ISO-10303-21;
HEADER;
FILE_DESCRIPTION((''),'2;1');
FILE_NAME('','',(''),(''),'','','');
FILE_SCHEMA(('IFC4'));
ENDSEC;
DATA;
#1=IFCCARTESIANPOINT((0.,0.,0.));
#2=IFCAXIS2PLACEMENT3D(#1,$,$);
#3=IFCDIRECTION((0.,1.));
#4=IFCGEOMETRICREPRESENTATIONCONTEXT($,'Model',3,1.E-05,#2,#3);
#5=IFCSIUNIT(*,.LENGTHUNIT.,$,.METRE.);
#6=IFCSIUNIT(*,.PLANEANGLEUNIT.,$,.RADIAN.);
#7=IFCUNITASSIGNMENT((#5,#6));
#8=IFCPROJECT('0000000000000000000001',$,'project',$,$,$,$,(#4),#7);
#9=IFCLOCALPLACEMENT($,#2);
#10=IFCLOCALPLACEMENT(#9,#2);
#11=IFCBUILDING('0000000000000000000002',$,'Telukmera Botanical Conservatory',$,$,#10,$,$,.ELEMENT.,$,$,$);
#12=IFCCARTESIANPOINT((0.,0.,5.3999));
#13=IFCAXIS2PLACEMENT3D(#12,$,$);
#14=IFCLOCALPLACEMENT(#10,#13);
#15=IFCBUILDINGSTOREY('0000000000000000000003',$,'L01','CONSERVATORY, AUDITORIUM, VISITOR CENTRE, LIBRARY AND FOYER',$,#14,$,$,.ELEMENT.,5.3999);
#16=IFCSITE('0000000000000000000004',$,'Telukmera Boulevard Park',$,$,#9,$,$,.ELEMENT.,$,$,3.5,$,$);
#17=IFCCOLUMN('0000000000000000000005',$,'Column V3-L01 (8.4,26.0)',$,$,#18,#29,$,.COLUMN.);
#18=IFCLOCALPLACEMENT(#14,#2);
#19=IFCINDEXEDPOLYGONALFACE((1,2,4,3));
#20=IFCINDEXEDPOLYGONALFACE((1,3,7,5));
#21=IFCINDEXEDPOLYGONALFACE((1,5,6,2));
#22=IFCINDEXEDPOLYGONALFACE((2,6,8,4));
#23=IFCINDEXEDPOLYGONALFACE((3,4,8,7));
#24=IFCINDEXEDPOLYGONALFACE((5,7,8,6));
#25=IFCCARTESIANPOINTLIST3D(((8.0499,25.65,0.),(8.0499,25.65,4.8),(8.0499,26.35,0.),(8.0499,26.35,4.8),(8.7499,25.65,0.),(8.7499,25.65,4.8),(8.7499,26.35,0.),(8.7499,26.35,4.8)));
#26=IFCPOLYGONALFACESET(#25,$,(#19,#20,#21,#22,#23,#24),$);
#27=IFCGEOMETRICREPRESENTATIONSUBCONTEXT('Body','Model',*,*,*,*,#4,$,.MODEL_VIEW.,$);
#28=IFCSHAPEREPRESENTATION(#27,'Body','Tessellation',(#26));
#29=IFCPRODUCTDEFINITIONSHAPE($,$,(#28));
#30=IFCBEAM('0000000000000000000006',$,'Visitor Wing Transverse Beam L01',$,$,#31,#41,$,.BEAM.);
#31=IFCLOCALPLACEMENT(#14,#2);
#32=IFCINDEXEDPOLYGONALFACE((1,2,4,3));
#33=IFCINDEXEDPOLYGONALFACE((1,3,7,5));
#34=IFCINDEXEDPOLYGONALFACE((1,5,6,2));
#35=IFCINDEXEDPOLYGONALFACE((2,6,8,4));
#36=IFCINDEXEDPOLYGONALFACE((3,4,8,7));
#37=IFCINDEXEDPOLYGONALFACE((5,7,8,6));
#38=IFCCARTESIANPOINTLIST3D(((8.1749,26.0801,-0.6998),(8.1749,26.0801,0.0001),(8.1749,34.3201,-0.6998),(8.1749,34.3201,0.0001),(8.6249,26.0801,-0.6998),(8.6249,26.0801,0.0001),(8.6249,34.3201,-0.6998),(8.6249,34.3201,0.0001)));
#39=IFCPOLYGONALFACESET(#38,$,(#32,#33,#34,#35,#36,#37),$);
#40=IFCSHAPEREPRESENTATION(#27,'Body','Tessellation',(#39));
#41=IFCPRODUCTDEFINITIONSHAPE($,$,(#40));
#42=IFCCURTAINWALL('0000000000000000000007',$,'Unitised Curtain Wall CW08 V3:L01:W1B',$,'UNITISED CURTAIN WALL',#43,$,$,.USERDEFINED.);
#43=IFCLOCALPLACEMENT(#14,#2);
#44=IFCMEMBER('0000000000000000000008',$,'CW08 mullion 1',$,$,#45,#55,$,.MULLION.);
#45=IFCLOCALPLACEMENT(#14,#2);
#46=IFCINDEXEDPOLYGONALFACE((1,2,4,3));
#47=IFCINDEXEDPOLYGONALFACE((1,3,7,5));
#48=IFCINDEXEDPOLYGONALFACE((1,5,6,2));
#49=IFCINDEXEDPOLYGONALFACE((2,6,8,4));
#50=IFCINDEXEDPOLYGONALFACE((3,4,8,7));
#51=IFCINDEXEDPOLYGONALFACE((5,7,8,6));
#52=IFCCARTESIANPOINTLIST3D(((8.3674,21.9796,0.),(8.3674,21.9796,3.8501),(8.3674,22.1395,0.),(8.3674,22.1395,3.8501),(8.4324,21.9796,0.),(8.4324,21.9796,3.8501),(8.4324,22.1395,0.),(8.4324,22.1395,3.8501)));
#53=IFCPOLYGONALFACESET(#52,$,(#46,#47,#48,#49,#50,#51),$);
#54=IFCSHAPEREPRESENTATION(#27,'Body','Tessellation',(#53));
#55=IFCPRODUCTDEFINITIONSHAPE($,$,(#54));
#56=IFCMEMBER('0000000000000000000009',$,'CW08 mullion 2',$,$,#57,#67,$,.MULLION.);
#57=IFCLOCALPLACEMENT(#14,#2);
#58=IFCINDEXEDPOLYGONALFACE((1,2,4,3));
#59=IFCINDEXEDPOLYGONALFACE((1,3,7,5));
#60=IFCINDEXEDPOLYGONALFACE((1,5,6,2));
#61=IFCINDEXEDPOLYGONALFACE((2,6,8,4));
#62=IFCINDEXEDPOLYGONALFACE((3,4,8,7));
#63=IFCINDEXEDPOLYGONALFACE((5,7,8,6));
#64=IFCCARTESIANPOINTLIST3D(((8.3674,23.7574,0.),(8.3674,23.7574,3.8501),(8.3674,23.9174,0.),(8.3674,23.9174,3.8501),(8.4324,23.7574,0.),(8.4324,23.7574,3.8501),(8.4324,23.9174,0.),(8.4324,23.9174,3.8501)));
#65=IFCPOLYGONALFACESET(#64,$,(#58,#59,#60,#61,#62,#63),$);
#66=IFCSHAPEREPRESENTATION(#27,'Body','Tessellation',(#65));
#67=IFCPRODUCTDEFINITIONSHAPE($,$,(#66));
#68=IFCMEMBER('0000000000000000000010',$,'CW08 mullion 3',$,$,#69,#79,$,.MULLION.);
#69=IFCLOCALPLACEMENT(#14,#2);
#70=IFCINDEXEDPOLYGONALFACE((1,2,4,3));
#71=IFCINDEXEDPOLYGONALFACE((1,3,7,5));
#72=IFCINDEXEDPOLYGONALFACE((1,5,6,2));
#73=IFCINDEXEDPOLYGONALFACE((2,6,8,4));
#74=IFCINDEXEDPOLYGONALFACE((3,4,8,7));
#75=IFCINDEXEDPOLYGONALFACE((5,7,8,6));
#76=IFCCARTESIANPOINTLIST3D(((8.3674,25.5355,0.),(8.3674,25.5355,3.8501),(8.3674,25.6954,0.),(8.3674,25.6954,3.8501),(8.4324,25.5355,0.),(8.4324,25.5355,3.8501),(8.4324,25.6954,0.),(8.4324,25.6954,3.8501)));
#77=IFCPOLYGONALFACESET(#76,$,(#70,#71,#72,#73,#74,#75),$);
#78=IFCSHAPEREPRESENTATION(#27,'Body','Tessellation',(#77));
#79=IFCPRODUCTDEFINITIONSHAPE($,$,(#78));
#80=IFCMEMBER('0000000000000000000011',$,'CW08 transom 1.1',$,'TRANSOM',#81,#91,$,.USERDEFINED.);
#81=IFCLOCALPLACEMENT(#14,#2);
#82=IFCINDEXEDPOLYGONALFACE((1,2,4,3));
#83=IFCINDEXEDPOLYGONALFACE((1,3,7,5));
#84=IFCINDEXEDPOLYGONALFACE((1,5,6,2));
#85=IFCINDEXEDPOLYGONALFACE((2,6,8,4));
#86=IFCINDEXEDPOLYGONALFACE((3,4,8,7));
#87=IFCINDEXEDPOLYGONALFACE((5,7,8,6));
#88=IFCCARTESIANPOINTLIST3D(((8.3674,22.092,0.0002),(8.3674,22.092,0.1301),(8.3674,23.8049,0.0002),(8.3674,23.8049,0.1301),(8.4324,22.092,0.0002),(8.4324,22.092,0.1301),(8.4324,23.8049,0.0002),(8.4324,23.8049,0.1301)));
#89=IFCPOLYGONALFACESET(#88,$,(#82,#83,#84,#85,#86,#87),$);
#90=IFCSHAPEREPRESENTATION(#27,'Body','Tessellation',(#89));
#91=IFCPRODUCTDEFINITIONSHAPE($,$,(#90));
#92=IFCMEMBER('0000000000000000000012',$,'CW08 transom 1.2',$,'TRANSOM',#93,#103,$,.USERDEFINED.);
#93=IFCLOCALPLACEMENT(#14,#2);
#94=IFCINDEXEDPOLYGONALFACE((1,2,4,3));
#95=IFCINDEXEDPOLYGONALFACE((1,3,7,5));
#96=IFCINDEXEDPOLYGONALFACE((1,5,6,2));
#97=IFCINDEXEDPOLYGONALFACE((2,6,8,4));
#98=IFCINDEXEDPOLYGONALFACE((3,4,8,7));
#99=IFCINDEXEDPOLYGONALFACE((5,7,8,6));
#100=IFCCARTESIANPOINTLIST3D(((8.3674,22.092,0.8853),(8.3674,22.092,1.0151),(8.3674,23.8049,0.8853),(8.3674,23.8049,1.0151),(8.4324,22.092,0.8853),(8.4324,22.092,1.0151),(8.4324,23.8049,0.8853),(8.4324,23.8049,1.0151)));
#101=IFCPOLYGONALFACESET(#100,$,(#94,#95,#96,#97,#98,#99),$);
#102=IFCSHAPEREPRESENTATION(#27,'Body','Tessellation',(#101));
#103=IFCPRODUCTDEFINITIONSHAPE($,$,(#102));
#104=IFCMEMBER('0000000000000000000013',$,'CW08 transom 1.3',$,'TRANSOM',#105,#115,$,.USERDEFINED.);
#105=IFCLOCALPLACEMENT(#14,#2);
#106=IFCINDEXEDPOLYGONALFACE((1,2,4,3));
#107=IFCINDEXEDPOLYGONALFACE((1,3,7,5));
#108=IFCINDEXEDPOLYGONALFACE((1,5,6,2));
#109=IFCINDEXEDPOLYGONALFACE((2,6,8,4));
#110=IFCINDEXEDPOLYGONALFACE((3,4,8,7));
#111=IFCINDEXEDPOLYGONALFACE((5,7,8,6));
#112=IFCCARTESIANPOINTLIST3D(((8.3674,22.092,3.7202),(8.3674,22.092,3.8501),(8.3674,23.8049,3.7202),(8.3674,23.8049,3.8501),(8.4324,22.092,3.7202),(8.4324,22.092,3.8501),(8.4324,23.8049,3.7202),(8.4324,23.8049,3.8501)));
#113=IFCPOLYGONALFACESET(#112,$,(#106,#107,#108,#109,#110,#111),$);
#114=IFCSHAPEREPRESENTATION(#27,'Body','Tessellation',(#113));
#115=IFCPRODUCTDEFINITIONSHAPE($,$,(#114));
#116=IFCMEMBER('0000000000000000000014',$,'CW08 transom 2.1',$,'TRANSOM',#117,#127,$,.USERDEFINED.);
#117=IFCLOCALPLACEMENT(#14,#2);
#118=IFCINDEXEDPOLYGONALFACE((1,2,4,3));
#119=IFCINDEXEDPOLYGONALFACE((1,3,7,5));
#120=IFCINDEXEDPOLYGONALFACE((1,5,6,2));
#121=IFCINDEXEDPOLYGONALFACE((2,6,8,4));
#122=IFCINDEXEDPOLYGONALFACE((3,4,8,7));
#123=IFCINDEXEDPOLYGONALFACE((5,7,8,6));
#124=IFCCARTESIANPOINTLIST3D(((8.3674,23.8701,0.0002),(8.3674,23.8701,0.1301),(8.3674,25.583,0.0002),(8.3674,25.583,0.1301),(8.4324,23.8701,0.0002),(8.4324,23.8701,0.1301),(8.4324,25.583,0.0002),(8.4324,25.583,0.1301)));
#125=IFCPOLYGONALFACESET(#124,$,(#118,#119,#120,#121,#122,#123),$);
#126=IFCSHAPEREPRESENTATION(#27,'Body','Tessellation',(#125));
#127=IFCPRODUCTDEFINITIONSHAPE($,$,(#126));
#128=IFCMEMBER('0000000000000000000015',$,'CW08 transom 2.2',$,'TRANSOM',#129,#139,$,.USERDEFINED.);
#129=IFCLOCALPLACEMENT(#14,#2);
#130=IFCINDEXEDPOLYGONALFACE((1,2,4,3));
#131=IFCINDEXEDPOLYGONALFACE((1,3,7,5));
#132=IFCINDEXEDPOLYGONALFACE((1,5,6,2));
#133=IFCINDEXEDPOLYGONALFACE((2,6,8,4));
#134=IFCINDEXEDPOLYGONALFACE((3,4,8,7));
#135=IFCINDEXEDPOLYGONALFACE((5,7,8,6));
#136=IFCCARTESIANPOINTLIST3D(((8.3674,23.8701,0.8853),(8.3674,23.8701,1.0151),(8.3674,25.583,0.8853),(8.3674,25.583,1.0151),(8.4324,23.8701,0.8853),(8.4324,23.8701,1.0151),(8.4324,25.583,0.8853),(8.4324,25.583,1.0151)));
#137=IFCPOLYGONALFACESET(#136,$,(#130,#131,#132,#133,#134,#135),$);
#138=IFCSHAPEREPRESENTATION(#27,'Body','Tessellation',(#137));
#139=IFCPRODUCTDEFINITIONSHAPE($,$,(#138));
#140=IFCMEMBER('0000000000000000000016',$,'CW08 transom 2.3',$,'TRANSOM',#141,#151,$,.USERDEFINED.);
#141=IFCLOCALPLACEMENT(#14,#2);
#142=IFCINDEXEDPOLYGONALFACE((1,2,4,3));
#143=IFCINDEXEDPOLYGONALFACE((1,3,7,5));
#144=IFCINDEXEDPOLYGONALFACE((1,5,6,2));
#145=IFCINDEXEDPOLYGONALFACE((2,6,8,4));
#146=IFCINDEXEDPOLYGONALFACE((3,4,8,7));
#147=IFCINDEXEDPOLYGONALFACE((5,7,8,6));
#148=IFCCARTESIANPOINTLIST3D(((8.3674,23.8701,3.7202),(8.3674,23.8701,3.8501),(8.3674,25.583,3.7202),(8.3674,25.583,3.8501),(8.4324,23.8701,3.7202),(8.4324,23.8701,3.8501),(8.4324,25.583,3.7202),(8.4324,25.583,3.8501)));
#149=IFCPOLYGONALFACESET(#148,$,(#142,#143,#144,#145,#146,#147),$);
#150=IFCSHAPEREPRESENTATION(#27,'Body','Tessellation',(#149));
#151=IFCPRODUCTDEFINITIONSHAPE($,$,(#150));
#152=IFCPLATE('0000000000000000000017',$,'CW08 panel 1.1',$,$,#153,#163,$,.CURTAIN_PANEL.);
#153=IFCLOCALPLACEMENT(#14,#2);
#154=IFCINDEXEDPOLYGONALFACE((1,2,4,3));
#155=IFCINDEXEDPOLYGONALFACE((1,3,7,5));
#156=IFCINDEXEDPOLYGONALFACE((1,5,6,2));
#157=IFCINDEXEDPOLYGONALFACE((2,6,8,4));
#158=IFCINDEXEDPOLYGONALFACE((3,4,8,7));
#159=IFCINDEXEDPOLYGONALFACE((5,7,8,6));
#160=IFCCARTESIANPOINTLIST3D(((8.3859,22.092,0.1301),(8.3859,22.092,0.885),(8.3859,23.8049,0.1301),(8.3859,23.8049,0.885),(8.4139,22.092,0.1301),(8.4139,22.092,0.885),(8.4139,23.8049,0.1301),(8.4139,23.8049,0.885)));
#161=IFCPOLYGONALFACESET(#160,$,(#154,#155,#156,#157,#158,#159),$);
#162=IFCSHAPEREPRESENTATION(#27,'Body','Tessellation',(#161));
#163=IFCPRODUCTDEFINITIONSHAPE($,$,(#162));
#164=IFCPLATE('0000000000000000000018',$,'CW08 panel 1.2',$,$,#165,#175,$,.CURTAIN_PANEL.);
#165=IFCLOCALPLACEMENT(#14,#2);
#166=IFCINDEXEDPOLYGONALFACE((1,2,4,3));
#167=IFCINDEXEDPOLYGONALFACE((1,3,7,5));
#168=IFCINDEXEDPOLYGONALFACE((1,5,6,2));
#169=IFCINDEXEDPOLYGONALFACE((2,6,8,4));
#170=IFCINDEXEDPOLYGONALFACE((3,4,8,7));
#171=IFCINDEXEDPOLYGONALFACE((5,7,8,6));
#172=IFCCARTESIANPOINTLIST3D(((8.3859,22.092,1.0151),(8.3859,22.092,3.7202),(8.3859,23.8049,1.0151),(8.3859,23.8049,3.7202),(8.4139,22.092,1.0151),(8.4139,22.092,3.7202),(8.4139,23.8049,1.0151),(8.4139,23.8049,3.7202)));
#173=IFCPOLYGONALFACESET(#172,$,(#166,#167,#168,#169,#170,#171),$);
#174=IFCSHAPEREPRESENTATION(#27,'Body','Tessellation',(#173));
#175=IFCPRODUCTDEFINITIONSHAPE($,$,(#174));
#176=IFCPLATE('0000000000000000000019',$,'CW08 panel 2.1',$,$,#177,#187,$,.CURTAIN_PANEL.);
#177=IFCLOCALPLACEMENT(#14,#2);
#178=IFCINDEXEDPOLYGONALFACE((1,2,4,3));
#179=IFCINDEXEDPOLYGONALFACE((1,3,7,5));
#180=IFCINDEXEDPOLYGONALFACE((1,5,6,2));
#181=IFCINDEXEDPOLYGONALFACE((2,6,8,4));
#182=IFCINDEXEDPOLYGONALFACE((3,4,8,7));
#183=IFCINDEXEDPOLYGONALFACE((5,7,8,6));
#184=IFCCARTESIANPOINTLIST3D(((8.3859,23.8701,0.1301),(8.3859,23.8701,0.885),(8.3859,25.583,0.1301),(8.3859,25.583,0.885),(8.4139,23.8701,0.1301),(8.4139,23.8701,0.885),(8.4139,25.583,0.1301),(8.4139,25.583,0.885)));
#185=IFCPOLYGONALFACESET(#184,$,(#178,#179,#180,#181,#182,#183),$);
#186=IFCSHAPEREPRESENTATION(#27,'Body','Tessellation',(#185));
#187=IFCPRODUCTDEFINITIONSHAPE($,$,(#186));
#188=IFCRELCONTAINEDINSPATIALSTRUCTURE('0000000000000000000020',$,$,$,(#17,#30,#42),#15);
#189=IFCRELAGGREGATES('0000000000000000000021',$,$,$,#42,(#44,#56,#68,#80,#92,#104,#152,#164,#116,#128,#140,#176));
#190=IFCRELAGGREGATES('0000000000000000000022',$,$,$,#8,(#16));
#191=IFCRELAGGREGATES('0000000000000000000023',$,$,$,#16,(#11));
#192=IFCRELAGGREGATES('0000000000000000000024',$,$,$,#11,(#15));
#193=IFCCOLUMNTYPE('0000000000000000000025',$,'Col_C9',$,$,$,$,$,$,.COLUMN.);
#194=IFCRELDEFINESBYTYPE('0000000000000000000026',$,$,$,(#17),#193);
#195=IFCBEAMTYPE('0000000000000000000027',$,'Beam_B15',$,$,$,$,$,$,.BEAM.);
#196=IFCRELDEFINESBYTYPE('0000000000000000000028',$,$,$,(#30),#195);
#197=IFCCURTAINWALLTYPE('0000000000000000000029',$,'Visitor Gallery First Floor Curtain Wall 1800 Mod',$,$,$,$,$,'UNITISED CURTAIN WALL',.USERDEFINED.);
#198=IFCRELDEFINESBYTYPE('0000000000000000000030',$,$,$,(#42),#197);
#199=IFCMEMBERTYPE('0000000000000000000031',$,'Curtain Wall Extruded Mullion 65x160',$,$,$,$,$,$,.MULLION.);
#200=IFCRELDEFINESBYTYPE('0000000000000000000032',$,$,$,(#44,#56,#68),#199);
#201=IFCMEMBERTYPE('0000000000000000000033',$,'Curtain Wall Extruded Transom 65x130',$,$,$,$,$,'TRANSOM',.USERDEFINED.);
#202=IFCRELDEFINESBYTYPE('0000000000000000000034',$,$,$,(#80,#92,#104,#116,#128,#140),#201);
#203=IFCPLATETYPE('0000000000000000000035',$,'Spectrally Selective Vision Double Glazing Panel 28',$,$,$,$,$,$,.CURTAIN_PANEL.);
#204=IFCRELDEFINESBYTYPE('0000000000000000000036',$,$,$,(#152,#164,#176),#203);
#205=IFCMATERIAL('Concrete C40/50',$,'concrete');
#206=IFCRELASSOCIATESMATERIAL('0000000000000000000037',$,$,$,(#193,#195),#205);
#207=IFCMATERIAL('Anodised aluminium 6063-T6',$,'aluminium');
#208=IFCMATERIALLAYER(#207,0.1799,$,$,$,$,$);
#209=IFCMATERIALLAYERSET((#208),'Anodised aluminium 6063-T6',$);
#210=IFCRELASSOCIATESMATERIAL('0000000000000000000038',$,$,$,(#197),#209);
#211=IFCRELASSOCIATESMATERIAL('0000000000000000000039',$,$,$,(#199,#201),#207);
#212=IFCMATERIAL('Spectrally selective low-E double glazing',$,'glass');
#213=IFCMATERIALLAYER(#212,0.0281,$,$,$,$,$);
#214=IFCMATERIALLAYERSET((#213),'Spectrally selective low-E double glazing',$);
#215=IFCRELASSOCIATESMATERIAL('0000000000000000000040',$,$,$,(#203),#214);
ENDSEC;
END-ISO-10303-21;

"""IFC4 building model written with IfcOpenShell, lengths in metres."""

from ifc_helpers import new_model, si_unit, direction, frame, origin, origin_2d, place, context, subcontext, project, spatial, rectangle, extrude, material, layer, layer_set, material_profile, profile_set, type_object, element, aggregate, save


model = new_model("IFC4")

# Units and contexts
model_context = context("Model", 3, precision=1e-05, world=origin(), true_north=direction((0.0, 1.0)))
body_context = subcontext(model_context, "Body", "Model", "MODEL_VIEW")
ifc_project = project(units=[si_unit("LENGTHUNIT", "METRE"), si_unit("PLANEANGLEUNIT", "RADIAN")], contexts=[model_context])

# Site, building, storey
site_placement = place(None, origin())
site = spatial("IfcSite", under=ifc_project, at=site_placement, Name="Telukmera Boulevard Park", CompositionType="ELEMENT", RefElevation=3.5)
building_placement = place(site_placement, origin())
building = spatial("IfcBuilding", under=site, at=building_placement, Name="Telukmera Botanical Conservatory", CompositionType="ELEMENT")
storey_placement = place(building_placement, frame((0.0, 0.0, 5.3999)))
storey = spatial("IfcBuildingStorey", under=building, at=storey_placement, Name="L01", Description="CONSERVATORY, AUDITORIUM, VISITOR CENTRE, LIBRARY AND FOYER", CompositionType="ELEMENT", Elevation=5.3999)

# Column
ifc_material_1 = material(Name="Concrete C40/50", Category="concrete")
ifc_material_profile_1 = material_profile(ifc_material_1, rectangle(XDim=0.7, YDim=0.7, at=origin_2d()), Name="RC 700x700")
ifc_profile_set_1 = profile_set([ifc_material_profile_1], Name="Concrete C40/50")
column_type = type_object("IfcColumnType", Name="Col_C9", PredefinedType="COLUMN", material=ifc_profile_set_1)
column_placement = place(storey_placement, frame((8.3999, 26.0, 0.0), z_axis=(0.0, 0.0, 1.0), x_axis=(1.0, 0.0, 0.0)))
element("IfcColumn", 1, at=column_placement, inside=storey, type_object=column_type, Name="Column V3-L01 (8.4,26.0)", PredefinedType="COLUMN", context=body_context, shape_type="SweptSolid", body=[
    extrude(rectangle(XDim=0.7, YDim=0.7, at=origin_2d()), origin(), (0.0, 0.0, 1.0), 4.8),
])

# Beam
ifc_material_profile_2 = material_profile(ifc_material_1, rectangle(XDim=0.45, YDim=0.7, at=origin_2d()), Name="RC 450x700")
ifc_profile_set_2 = profile_set([ifc_material_profile_2], Name="Concrete C40/50")
beam_type = type_object("IfcBeamType", Name="Beam_B15", PredefinedType="BEAM", material=ifc_profile_set_2)
beam_placement = place(storey_placement, frame((8.3999, 26.0801, -0.3499), z_axis=(0.0, 1.0, 0.0), x_axis=(-1.0, 0.0, 0.0)))
element("IfcBeam", 2, at=beam_placement, inside=storey, type_object=beam_type, Name="Visitor Wing Transverse Beam L01", PredefinedType="BEAM", context=body_context, shape_type="SweptSolid", body=[
    extrude(rectangle(XDim=0.45, YDim=0.7, at=origin_2d()), origin(), (0.0, 0.0, 1.0), 8.24),
])

# Curtain wall, members, plates
ifc_material_2 = material(Name="Anodised aluminium 6063-T6", Category="aluminium")
ifc_layer_1 = layer(ifc_material_2, 0.1799)
ifc_layer_set_1 = layer_set([ifc_layer_1], Name="Anodised aluminium 6063-T6")
curtain_wall_type = type_object("IfcCurtainWallType", Name="Visitor Gallery First Floor Curtain Wall 1800 Mod", ElementType="UNITISED CURTAIN WALL", PredefinedType="USERDEFINED", material=ifc_layer_set_1)
curtain_wall_placement = place(storey_placement, origin())
curtain_wall = element("IfcCurtainWall", 3, at=curtain_wall_placement, inside=storey, type_object=curtain_wall_type, Name="Unitised Curtain Wall CW08 V3:L01:W1B", ObjectType="UNITISED CURTAIN WALL", PredefinedType="USERDEFINED")
ifc_material_profile_3 = material_profile(ifc_material_2, rectangle(XDim=0.0649, YDim=0.1599, at=origin_2d()), Name="ALU MULL 65x160")
ifc_profile_set_3 = profile_set([ifc_material_profile_3], Name="Anodised aluminium 6063-T6")
member_type_1 = type_object("IfcMemberType", Name="Curtain Wall Extruded Mullion 65x160", PredefinedType="MULLION", material=ifc_profile_set_3)
member_1_placement = place(storey_placement, frame((8.3999, 22.0596, 0.0), z_axis=(0.0, 0.0, 1.0), x_axis=(-1.0, 0.0, 0.0)))
member_1 = element("IfcMember", 4, at=member_1_placement, type_object=member_type_1, Name="CW08 mullion 1", PredefinedType="MULLION", context=body_context, shape_type="SweptSolid", body=[
    extrude(rectangle(XDim=0.0649, YDim=0.1599, at=origin_2d()), origin(), (0.0, 0.0, 1.0), 3.8501),
])
member_2_placement = place(storey_placement, frame((8.3999, 23.8374, 0.0), z_axis=(0.0, 0.0, 1.0), x_axis=(-1.0, 0.0, 0.0)))
member_2 = element("IfcMember", 5, at=member_2_placement, type_object=member_type_1, Name="CW08 mullion 2", PredefinedType="MULLION", context=body_context, shape_type="SweptSolid", body=[
    extrude(rectangle(XDim=0.0649, YDim=0.1599, at=origin_2d()), origin(), (0.0, 0.0, 1.0), 3.8501),
])
member_3_placement = place(storey_placement, frame((8.3999, 25.6155, 0.0), z_axis=(0.0, 0.0, 1.0), x_axis=(-1.0, 0.0, 0.0)))
member_3 = element("IfcMember", 6, at=member_3_placement, type_object=member_type_1, Name="CW08 mullion 3", PredefinedType="MULLION", context=body_context, shape_type="SweptSolid", body=[
    extrude(rectangle(XDim=0.0649, YDim=0.1599, at=origin_2d()), origin(), (0.0, 0.0, 1.0), 3.8501),
])
ifc_material_profile_4 = material_profile(ifc_material_2, rectangle(XDim=0.0649, YDim=0.1299, at=origin_2d()), Name="ALU TRAN 65x130")
ifc_profile_set_4 = profile_set([ifc_material_profile_4], Name="Anodised aluminium 6063-T6")
member_type_2 = type_object("IfcMemberType", Name="Curtain Wall Extruded Transom 65x130", ElementType="TRANSOM", PredefinedType="USERDEFINED", material=ifc_profile_set_4)
member_4_placement = place(storey_placement, frame((8.3999, 22.092, 0.0652), z_axis=(0.0, 1.0, 0.0), x_axis=(-1.0, 0.0, 0.0)))
member_4 = element("IfcMember", 7, at=member_4_placement, type_object=member_type_2, Name="CW08 transom 1.1", ObjectType="TRANSOM", PredefinedType="USERDEFINED", context=body_context, shape_type="SweptSolid", body=[
    extrude(rectangle(XDim=0.0649, YDim=0.1299, at=origin_2d()), origin(), (0.0, 0.0, 1.0), 1.7129),
])
member_5_placement = place(storey_placement, frame((8.3999, 22.092, 0.9502), z_axis=(0.0, 1.0, 0.0), x_axis=(-1.0, 0.0, 0.0)))
member_5 = element("IfcMember", 8, at=member_5_placement, type_object=member_type_2, Name="CW08 transom 1.2", ObjectType="TRANSOM", PredefinedType="USERDEFINED", context=body_context, shape_type="SweptSolid", body=[
    extrude(rectangle(XDim=0.0649, YDim=0.1299, at=origin_2d()), origin(), (0.0, 0.0, 1.0), 1.7129),
])
member_6_placement = place(storey_placement, frame((8.3999, 22.092, 3.7852), z_axis=(0.0, 1.0, 0.0), x_axis=(-1.0, 0.0, 0.0)))
member_6 = element("IfcMember", 9, at=member_6_placement, type_object=member_type_2, Name="CW08 transom 1.3", ObjectType="TRANSOM", PredefinedType="USERDEFINED", context=body_context, shape_type="SweptSolid", body=[
    extrude(rectangle(XDim=0.0649, YDim=0.1299, at=origin_2d()), origin(), (0.0, 0.0, 1.0), 1.7129),
])
member_7_placement = place(storey_placement, frame((8.3999, 23.8701, 0.0652), z_axis=(0.0, 1.0, 0.0), x_axis=(-1.0, 0.0, 0.0)))
member_7 = element("IfcMember", 10, at=member_7_placement, type_object=member_type_2, Name="CW08 transom 2.1", ObjectType="TRANSOM", PredefinedType="USERDEFINED", context=body_context, shape_type="SweptSolid", body=[
    extrude(rectangle(XDim=0.0649, YDim=0.1299, at=origin_2d()), origin(), (0.0, 0.0, 1.0), 1.7129),
])
member_8_placement = place(storey_placement, frame((8.3999, 23.8701, 0.9502), z_axis=(0.0, 1.0, 0.0), x_axis=(-1.0, 0.0, 0.0)))
member_8 = element("IfcMember", 11, at=member_8_placement, type_object=member_type_2, Name="CW08 transom 2.2", ObjectType="TRANSOM", PredefinedType="USERDEFINED", context=body_context, shape_type="SweptSolid", body=[
    extrude(rectangle(XDim=0.0649, YDim=0.1299, at=origin_2d()), origin(), (0.0, 0.0, 1.0), 1.7129),
])
member_9_placement = place(storey_placement, frame((8.3999, 23.8701, 3.7852), z_axis=(0.0, 1.0, 0.0), x_axis=(-1.0, 0.0, 0.0)))
member_9 = element("IfcMember", 12, at=member_9_placement, type_object=member_type_2, Name="CW08 transom 2.3", ObjectType="TRANSOM", PredefinedType="USERDEFINED", context=body_context, shape_type="SweptSolid", body=[
    extrude(rectangle(XDim=0.0649, YDim=0.1299, at=origin_2d()), origin(), (0.0, 0.0, 1.0), 1.7129),
])
ifc_material_3 = material(Name="Spectrally selective low-E double glazing", Category="glass")
ifc_layer_2 = layer(ifc_material_3, 0.0281)
ifc_layer_set_2 = layer_set([ifc_layer_2], Name="Spectrally selective low-E double glazing")
plate_type = type_object("IfcPlateType", Name="Spectrally Selective Vision Double Glazing Panel 28", PredefinedType="CURTAIN_PANEL", material=ifc_layer_set_2)
plate_1_placement = place(storey_placement, frame((8.3999, 22.9485, 0.1301), z_axis=(0.0, 0.0, 1.0), x_axis=(0.0, 1.0, 0.0)))
plate_1 = element("IfcPlate", 13, at=plate_1_placement, type_object=plate_type, Name="CW08 panel 1.1", PredefinedType="CURTAIN_PANEL", context=body_context, shape_type="SweptSolid", body=[
    extrude(rectangle(XDim=1.7129, YDim=0.0281, at=origin_2d()), origin(), (0.0, 0.0, 1.0), 0.7549),
])
plate_2_placement = place(storey_placement, frame((8.3999, 22.9485, 1.0151), z_axis=(0.0, 0.0, 1.0), x_axis=(0.0, 1.0, 0.0)))
plate_2 = element("IfcPlate", 14, at=plate_2_placement, type_object=plate_type, Name="CW08 panel 1.2", PredefinedType="CURTAIN_PANEL", context=body_context, shape_type="SweptSolid", body=[
    extrude(rectangle(XDim=1.7129, YDim=0.0281, at=origin_2d()), origin(), (0.0, 0.0, 1.0), 2.7051),
])
plate_3_placement = place(storey_placement, frame((8.3999, 24.7266, 0.1301), z_axis=(0.0, 0.0, 1.0), x_axis=(0.0, 1.0, 0.0)))
plate_3 = element("IfcPlate", 15, at=plate_3_placement, type_object=plate_type, Name="CW08 panel 2.1", PredefinedType="CURTAIN_PANEL", context=body_context, shape_type="SweptSolid", body=[
    extrude(rectangle(XDim=1.7129, YDim=0.0281, at=origin_2d()), origin(), (0.0, 0.0, 1.0), 0.7549),
])
aggregate(curtain_wall, [member_1, member_2, member_3, member_4, member_5, member_6, plate_1, plate_2, member_7, member_8, member_9, plate_3])

save(model, "model.ifc")
